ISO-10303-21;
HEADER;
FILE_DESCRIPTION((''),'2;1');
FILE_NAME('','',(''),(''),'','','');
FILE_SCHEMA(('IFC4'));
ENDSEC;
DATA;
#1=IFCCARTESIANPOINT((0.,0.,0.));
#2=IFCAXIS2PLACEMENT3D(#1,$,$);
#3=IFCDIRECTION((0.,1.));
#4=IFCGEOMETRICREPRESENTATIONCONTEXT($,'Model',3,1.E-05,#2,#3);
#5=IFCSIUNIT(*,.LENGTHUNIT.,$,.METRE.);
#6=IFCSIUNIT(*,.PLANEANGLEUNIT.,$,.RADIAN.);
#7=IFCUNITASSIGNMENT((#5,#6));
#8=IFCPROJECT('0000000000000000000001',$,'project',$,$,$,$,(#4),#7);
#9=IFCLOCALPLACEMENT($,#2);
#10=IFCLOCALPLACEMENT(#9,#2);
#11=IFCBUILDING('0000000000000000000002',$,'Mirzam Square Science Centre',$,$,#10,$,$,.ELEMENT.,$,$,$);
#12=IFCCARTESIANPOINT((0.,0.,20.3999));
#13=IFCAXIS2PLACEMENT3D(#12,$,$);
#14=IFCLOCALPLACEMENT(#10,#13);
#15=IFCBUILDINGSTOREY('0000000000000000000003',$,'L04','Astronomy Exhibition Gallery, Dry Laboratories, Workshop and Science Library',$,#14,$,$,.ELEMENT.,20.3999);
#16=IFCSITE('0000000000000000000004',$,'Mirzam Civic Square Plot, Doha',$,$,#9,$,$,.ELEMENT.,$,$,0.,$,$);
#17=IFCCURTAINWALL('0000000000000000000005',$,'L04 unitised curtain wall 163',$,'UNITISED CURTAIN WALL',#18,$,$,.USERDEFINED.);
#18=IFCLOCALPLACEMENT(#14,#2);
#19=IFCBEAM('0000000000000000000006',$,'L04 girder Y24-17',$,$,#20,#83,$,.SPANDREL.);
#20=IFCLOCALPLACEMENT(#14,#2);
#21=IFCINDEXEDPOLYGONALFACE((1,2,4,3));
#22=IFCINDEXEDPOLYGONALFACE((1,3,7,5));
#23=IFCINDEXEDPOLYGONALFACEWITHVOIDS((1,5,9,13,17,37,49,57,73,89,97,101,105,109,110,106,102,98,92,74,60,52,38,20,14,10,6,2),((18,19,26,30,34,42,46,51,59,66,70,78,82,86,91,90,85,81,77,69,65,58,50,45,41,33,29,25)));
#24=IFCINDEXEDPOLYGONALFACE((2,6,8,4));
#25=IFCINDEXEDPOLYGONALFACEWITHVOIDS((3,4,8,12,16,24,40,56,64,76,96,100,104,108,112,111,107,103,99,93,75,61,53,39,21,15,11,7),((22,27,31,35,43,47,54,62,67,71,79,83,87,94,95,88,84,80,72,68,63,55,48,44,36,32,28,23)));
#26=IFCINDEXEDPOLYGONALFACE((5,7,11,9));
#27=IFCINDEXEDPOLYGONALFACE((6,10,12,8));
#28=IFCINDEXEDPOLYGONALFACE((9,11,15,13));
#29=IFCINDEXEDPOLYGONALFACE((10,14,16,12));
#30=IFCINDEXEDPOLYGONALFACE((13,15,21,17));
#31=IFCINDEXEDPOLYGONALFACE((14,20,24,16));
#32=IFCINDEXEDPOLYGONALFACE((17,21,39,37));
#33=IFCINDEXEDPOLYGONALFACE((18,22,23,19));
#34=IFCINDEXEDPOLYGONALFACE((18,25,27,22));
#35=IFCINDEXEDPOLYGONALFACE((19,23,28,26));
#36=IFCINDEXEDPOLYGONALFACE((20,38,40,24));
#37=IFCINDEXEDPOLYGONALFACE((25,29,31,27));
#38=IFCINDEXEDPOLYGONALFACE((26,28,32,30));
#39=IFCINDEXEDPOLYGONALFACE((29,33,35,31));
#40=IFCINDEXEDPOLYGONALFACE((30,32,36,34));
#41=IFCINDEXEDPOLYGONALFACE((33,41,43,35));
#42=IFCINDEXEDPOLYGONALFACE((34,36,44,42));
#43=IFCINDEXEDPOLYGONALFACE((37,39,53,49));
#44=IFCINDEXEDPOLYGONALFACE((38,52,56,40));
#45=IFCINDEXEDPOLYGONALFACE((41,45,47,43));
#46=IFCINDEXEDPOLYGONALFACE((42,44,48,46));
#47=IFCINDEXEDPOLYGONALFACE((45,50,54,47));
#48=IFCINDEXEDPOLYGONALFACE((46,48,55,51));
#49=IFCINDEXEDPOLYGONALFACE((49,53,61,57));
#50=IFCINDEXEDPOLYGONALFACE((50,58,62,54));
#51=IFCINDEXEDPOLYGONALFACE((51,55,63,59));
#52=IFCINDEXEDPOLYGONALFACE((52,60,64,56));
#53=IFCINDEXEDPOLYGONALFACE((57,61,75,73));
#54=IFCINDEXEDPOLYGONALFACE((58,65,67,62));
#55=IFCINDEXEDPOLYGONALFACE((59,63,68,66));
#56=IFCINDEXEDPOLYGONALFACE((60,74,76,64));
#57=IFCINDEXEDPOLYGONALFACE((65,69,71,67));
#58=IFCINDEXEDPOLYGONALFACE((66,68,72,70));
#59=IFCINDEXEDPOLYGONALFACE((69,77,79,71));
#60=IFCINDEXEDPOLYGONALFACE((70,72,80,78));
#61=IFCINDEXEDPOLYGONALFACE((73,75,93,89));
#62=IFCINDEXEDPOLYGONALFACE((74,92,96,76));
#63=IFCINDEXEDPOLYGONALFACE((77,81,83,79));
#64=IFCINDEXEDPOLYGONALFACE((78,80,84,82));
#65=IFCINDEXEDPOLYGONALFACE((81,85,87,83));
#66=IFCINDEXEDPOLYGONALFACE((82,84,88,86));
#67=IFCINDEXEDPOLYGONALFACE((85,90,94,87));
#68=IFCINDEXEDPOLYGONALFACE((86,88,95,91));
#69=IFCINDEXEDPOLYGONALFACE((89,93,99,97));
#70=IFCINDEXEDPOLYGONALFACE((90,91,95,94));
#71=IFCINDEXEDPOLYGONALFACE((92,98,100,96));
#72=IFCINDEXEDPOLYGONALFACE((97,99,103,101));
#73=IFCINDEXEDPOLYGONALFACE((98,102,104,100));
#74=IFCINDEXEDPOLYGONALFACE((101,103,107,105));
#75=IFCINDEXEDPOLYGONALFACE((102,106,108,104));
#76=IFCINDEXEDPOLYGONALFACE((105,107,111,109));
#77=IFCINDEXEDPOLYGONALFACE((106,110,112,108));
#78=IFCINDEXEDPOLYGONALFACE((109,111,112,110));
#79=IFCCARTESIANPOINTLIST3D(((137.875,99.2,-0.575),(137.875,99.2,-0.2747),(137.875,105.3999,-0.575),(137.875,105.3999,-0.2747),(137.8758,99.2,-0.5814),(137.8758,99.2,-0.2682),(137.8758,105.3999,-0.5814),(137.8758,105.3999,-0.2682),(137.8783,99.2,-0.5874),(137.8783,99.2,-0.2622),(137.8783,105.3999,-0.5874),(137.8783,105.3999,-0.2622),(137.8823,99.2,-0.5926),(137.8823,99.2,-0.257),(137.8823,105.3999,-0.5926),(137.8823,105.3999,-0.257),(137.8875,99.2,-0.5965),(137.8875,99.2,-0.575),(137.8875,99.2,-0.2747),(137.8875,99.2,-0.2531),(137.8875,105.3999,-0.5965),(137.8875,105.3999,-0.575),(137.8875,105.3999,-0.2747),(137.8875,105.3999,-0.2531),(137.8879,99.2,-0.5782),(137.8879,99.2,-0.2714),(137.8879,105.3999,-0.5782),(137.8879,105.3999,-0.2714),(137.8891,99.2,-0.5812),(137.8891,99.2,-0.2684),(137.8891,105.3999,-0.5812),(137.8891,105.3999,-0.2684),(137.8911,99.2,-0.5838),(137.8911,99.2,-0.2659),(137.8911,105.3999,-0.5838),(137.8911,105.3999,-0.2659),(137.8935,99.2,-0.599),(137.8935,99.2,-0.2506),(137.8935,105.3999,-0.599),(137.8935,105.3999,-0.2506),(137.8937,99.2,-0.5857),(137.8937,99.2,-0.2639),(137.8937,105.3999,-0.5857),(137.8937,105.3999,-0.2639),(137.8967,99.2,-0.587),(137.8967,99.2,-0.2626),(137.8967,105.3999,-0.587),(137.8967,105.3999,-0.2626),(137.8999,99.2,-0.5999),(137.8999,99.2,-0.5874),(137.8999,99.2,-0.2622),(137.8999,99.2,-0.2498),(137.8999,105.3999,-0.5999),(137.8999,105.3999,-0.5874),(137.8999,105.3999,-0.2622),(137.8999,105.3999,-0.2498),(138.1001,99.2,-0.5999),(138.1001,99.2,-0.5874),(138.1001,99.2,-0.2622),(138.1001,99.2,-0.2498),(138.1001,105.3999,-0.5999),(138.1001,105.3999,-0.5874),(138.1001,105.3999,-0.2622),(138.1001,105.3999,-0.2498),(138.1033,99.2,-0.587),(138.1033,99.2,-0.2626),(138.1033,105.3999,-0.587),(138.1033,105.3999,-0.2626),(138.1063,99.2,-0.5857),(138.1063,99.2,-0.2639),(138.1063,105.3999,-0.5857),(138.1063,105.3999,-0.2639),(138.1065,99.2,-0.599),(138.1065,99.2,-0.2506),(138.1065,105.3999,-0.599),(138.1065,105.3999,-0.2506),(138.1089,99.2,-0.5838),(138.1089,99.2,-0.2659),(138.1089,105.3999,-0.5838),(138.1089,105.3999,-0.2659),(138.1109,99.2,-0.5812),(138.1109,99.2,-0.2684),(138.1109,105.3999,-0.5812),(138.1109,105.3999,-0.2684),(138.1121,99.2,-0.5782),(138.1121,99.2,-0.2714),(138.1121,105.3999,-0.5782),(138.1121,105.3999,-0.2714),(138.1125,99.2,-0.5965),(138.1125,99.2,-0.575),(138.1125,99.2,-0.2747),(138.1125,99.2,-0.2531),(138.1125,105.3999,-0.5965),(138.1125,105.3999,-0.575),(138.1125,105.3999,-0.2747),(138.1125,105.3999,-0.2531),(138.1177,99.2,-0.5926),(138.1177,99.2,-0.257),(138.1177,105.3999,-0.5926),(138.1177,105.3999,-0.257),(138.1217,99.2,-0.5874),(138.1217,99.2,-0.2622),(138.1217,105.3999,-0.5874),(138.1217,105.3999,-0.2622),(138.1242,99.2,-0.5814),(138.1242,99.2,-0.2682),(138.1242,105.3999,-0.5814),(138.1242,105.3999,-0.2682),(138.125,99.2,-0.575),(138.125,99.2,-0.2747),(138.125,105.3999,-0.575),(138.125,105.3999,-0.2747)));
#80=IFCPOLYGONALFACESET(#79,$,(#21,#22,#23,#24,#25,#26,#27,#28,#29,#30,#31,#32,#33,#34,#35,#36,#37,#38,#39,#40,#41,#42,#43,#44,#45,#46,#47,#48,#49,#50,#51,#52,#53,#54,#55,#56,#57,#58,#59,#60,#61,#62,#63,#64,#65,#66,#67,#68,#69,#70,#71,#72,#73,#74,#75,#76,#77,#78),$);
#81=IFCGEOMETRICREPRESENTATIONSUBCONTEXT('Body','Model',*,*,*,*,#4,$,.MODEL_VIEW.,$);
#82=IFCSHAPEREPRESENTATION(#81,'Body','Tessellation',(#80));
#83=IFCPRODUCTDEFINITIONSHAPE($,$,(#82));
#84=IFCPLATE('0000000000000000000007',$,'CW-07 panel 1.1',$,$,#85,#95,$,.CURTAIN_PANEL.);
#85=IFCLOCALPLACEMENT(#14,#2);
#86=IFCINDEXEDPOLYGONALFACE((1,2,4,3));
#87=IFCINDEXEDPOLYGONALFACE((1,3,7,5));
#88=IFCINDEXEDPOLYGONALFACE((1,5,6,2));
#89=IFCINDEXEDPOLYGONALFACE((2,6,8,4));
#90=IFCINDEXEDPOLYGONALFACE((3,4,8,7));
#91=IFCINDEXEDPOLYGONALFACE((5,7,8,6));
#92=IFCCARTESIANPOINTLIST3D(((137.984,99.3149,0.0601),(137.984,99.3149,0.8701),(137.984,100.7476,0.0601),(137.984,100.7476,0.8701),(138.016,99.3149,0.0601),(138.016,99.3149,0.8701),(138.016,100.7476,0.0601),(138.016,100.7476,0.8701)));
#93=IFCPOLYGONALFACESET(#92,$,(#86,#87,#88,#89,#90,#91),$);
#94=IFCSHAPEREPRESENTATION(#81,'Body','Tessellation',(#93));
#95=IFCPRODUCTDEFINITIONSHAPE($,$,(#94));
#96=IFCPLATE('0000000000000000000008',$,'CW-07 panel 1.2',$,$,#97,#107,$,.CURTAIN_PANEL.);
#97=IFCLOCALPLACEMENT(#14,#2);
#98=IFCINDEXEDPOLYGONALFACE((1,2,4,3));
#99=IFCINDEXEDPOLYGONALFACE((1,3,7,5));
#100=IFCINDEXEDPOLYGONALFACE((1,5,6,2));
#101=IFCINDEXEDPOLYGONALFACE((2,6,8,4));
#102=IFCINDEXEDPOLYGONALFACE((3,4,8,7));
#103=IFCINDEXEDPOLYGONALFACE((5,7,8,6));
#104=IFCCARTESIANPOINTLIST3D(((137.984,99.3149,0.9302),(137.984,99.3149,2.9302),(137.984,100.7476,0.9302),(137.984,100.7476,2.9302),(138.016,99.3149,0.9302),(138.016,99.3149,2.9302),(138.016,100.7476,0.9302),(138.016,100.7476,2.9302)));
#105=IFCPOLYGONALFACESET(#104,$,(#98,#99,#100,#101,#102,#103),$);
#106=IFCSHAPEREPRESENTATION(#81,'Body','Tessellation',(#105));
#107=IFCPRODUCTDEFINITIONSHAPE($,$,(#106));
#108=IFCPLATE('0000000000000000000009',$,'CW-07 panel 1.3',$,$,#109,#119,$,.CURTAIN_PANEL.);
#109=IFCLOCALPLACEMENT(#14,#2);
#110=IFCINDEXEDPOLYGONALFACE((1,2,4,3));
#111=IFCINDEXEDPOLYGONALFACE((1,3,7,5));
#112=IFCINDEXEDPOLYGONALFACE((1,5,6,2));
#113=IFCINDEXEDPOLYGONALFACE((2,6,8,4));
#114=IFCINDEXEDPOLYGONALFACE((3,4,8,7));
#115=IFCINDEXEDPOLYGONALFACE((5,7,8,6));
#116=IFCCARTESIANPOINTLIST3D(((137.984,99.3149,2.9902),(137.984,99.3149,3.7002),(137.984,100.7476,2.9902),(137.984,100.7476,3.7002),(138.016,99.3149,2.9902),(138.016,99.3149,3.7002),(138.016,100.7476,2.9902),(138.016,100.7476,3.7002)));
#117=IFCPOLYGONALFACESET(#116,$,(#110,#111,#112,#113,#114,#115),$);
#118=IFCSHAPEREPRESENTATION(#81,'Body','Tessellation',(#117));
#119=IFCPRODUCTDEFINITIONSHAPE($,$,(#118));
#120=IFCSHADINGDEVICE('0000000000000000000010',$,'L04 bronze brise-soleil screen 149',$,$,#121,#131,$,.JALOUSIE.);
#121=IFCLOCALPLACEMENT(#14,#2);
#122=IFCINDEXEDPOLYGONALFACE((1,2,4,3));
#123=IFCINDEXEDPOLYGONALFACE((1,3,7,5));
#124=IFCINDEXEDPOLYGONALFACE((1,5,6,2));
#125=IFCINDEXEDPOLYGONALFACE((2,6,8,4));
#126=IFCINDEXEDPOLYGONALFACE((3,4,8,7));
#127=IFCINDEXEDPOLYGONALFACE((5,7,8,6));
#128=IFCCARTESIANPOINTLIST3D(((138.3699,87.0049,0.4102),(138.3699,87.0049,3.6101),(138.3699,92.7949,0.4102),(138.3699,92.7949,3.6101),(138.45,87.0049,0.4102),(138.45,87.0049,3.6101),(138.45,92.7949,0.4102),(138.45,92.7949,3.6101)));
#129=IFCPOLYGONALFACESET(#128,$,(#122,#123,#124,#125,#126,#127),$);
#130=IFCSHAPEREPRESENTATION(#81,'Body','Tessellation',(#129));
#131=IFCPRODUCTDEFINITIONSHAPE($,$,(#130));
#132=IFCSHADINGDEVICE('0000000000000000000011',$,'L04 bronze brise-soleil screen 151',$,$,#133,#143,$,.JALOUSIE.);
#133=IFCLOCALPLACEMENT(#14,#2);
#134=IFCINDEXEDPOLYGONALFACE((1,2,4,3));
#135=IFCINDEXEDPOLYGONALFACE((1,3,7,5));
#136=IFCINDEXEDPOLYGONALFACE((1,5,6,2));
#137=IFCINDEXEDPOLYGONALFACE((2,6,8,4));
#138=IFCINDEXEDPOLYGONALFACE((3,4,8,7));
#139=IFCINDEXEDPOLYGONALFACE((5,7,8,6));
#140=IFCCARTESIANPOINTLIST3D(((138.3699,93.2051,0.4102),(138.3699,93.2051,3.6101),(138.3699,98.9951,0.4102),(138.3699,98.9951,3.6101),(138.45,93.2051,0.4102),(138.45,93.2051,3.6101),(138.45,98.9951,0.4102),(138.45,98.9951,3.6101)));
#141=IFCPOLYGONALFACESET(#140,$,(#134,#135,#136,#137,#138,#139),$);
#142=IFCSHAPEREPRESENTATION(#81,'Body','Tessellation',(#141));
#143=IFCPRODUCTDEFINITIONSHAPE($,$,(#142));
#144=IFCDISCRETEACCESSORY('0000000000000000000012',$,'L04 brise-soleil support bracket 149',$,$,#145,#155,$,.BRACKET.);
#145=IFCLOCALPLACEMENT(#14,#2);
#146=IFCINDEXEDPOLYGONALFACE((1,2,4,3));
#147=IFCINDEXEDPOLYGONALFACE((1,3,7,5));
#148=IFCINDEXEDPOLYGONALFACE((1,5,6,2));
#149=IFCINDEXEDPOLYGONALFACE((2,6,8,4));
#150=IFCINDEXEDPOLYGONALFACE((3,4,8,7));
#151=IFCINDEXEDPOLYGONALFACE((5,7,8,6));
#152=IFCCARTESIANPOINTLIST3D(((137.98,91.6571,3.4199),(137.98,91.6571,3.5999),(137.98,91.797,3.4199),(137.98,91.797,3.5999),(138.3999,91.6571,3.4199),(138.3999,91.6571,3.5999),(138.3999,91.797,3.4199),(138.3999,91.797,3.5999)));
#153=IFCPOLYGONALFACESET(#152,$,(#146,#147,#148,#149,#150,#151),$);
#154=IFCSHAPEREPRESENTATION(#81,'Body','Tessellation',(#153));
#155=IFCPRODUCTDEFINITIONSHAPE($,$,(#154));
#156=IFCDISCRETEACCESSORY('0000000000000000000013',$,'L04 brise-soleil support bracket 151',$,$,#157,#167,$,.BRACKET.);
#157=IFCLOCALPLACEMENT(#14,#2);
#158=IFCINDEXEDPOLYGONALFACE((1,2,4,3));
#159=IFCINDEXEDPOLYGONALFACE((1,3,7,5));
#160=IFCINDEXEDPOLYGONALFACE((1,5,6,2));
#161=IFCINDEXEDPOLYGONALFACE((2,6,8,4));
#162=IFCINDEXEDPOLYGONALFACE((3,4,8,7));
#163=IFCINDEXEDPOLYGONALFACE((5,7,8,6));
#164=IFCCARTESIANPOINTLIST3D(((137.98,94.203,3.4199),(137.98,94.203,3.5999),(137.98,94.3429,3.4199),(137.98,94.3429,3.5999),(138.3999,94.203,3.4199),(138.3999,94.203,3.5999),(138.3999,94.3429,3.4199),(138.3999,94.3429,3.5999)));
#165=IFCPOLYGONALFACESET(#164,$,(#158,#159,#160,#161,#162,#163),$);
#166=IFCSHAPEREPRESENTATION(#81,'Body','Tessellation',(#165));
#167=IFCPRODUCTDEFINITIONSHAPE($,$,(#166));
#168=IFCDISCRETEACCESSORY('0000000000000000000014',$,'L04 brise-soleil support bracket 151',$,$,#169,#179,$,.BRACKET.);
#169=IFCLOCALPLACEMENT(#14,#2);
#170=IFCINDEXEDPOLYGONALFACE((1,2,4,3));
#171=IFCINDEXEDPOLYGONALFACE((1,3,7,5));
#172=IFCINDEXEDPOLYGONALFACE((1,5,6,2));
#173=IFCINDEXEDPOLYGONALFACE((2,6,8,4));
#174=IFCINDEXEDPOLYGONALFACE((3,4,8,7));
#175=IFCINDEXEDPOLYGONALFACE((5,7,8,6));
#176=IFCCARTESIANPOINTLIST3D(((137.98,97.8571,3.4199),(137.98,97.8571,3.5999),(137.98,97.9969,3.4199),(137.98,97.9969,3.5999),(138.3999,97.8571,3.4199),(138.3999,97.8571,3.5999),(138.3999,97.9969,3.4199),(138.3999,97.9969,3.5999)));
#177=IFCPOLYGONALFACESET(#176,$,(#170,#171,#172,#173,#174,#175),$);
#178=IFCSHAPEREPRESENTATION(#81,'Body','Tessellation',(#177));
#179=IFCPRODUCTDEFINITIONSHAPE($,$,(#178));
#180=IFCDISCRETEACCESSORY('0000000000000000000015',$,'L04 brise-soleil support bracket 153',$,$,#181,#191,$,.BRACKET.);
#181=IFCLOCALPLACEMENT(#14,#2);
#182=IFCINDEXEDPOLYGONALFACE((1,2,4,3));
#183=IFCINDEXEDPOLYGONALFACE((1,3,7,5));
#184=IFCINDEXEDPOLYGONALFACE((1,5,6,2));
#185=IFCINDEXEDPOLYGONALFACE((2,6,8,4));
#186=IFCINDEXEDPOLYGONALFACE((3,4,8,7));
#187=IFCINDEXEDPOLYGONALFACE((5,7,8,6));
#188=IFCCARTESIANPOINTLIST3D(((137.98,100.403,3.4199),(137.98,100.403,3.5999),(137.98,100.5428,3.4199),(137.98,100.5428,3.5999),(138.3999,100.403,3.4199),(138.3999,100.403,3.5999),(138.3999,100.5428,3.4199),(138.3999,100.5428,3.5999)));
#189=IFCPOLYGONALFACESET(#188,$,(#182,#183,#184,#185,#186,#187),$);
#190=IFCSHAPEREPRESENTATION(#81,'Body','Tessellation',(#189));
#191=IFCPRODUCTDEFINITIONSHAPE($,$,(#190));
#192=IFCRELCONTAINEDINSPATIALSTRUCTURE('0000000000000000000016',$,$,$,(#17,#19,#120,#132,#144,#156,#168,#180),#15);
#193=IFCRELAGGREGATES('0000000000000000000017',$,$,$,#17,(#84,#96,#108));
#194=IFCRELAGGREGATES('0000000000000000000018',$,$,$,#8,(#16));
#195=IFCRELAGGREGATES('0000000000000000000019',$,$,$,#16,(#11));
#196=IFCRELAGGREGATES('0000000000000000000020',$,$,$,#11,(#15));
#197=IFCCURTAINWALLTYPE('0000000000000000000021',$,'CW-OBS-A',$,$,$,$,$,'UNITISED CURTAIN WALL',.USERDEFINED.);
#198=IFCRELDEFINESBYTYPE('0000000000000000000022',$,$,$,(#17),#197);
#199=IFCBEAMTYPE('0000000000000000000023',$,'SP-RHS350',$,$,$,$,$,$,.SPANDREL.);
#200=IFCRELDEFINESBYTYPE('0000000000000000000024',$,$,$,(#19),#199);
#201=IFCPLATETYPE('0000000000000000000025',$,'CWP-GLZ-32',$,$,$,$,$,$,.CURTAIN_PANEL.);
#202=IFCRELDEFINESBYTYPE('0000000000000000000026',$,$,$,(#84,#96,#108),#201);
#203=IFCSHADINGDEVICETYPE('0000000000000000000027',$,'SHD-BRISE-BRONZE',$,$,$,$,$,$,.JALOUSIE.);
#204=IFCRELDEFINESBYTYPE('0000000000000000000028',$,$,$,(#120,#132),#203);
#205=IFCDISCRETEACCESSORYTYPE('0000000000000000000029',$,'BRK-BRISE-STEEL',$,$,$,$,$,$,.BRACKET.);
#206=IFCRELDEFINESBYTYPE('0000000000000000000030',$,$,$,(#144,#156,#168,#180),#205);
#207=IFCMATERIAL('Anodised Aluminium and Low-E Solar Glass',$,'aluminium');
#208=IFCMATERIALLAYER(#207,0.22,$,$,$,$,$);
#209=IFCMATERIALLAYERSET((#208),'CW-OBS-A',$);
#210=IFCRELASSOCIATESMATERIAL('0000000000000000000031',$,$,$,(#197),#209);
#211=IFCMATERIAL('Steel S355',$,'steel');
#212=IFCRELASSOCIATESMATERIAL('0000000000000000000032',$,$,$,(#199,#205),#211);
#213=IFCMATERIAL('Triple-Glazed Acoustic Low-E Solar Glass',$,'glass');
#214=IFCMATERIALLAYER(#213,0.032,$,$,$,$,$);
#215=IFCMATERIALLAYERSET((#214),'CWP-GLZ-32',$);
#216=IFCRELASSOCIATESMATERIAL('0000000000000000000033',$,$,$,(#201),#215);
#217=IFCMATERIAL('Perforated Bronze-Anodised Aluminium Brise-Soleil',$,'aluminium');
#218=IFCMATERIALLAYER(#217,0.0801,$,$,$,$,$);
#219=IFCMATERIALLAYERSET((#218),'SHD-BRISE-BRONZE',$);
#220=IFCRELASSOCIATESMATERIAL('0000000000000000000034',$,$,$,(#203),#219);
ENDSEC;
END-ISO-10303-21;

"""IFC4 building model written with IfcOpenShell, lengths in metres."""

from ifc_helpers import new_model, si_unit, direction, frame, origin, origin_2d, place, context, subcontext, project, spatial, rectangle, hollow_rectangle, extrude, material, layer, layer_set, material_profile, profile_set, type_object, element, aggregate, save


model = new_model("IFC4")

# Units and contexts
model_context = context("Model", 3, precision=1e-05, world=origin(), true_north=direction((0.0, 1.0)))
body_context = subcontext(model_context, "Body", "Model", "MODEL_VIEW")
ifc_project = project(units=[si_unit("LENGTHUNIT", "METRE"), si_unit("PLANEANGLEUNIT", "RADIAN")], contexts=[model_context])

# Site, building, storey
site_placement = place(None, origin())
site = spatial("IfcSite", under=ifc_project, at=site_placement, Name="Mirzam Civic Square Plot, Doha", CompositionType="ELEMENT", RefElevation=0.0)
building_placement = place(site_placement, origin())
building = spatial("IfcBuilding", under=site, at=building_placement, Name="Mirzam Square Science Centre", CompositionType="ELEMENT")
storey_placement = place(building_placement, frame((0.0, 0.0, 20.3999)))
storey = spatial("IfcBuildingStorey", under=building, at=storey_placement, Name="L04", Description="Astronomy Exhibition Gallery, Dry Laboratories, Workshop and Science Library", CompositionType="ELEMENT", Elevation=20.3999)

# Shared definitions
ifc_material_1 = material(Name="Steel S355", Category="steel")

# Curtain wall
ifc_material_2 = material(Name="Anodised Aluminium and Low-E Solar Glass", Category="aluminium")
ifc_layer_1 = layer(ifc_material_2, 0.22)
ifc_layer_set_1 = layer_set([ifc_layer_1], Name="CW-OBS-A")
curtain_wall_type_1 = type_object("IfcCurtainWallType", Name="CW-OBS-A", ElementType="UNITISED CURTAIN WALL", PredefinedType="USERDEFINED", material=ifc_layer_set_1)
curtain_wall_1_placement = place(storey_placement, origin())
curtain_wall_1 = element("IfcCurtainWall", 1, at=curtain_wall_1_placement, inside=storey, type_object=curtain_wall_type_1, Name="L04 unitised curtain wall 163", ObjectType="UNITISED CURTAIN WALL", PredefinedType="USERDEFINED")

# Beam
ifc_material_profile_1 = material_profile(ifc_material_1, hollow_rectangle(XDim=0.25, YDim=0.3501, WallThickness=0.0125, InnerFilletRadius=0.0125, OuterFilletRadius=0.0249, at=origin_2d()), Name="350x250x12.5RHS")
ifc_profile_set_1 = profile_set([ifc_material_profile_1], Name="Steel S355")
beam_type = type_object("IfcBeamType", Name="SP-RHS350", PredefinedType="SPANDREL", material=ifc_profile_set_1)
beam_placement = place(storey_placement, frame((138.0, 99.2, -0.4248), z_axis=(0.0, 1.0, 0.0), x_axis=(-1.0, 0.0, 0.0)))
element("IfcBeam", 2, at=beam_placement, inside=storey, type_object=beam_type, Name="L04 girder Y24-17", PredefinedType="SPANDREL", context=body_context, shape_type="SweptSolid", body=[
    extrude(hollow_rectangle(XDim=0.25, YDim=0.3501, WallThickness=0.0125, InnerFilletRadius=0.0125, OuterFilletRadius=0.0249, at=origin_2d()), origin(), (0.0, 0.0, 1.0), 6.2),
])

# Plates
ifc_material_3 = material(Name="Triple-Glazed Acoustic Low-E Solar Glass", Category="glass")
ifc_layer_2 = layer(ifc_material_3, 0.032)
ifc_layer_set_2 = layer_set([ifc_layer_2], Name="CWP-GLZ-32")
plate_type = type_object("IfcPlateType", Name="CWP-GLZ-32", PredefinedType="CURTAIN_PANEL", material=ifc_layer_set_2)
plate_1_placement = place(storey_placement, frame((138.0, 100.0312, 0.0601), z_axis=(0.0, 0.0, 1.0), x_axis=(0.0, 1.0, 0.0)))
plate_1 = element("IfcPlate", 3, at=plate_1_placement, type_object=plate_type, Name="CW-07 panel 1.1", PredefinedType="CURTAIN_PANEL", context=body_context, shape_type="SweptSolid", body=[
    extrude(rectangle(XDim=1.4326, YDim=0.032, at=origin_2d()), origin(), (0.0, 0.0, 1.0), 0.8101),
])
plate_2_placement = place(storey_placement, frame((138.0, 100.0312, 0.9302), z_axis=(0.0, 0.0, 1.0), x_axis=(0.0, 1.0, 0.0)))
plate_2 = element("IfcPlate", 4, at=plate_2_placement, type_object=plate_type, Name="CW-07 panel 1.2", PredefinedType="CURTAIN_PANEL", context=body_context, shape_type="SweptSolid", body=[
    extrude(rectangle(XDim=1.4326, YDim=0.032, at=origin_2d()), origin(), (0.0, 0.0, 1.0), 2.0),
])
plate_3_placement = place(storey_placement, frame((138.0, 100.0312, 2.9902), z_axis=(0.0, 0.0, 1.0), x_axis=(0.0, 1.0, 0.0)))
plate_3 = element("IfcPlate", 5, at=plate_3_placement, type_object=plate_type, Name="CW-07 panel 1.3", PredefinedType="CURTAIN_PANEL", context=body_context, shape_type="SweptSolid", body=[
    extrude(rectangle(XDim=1.4326, YDim=0.032, at=origin_2d()), origin(), (0.0, 0.0, 1.0), 0.71),
])
aggregate(curtain_wall_1, [plate_1, plate_2, plate_3])

# Shading devices
ifc_material_4 = material(Name="Perforated Bronze-Anodised Aluminium Brise-Soleil", Category="aluminium")
ifc_layer_3 = layer(ifc_material_4, 0.0801)
ifc_layer_set_3 = layer_set([ifc_layer_3], Name="SHD-BRISE-BRONZE")
shading_device_type = type_object("IfcShadingDeviceType", Name="SHD-BRISE-BRONZE", PredefinedType="JALOUSIE", material=ifc_layer_set_3)
for number, where, z_axis, x_axis, name in (
    (6, (138.4099, 89.8999, 0.4102), (0.0, 0.0, 1.0), (0.0, 1.0, 0.0), "L04 bronze brise-soleil screen 149"),
    (7, (138.4099, 96.1001, 0.4102), (0.0, 0.0, 1.0), (0.0, 1.0, 0.0), "L04 bronze brise-soleil screen 151"),
):
    element("IfcShadingDevice", number, at=place(storey_placement, frame(where, z_axis=z_axis, x_axis=x_axis)), inside=storey, type_object=shading_device_type, Name=name, PredefinedType="JALOUSIE", context=body_context, shape_type="SweptSolid", body=[
        extrude(rectangle(XDim=5.79, YDim=0.0801, at=origin_2d()), origin(), (0.0, 0.0, 1.0), 3.2),
    ])

# Discrete accessories
discrete_accessory_type = type_object("IfcDiscreteAccessoryType", Name="BRK-BRISE-STEEL", PredefinedType="BRACKET", material=ifc_material_1)
for number, where, z_axis, x_axis, name in (
    (8, (138.1899, 91.7271, 3.4199), (0.0, 0.0, 1.0), (0.0, 1.0, 0.0), "L04 brise-soleil support bracket 149"),
    (9, (138.1899, 94.2729, 3.4199), (0.0, 0.0, 1.0), (0.0, 1.0, 0.0), "L04 brise-soleil support bracket 151"),
    (10, (138.1899, 97.927, 3.4199), (0.0, 0.0, 1.0), (0.0, 1.0, 0.0), "L04 brise-soleil support bracket 151"),
    (11, (138.1899, 100.4729, 3.4199), (0.0, 0.0, 1.0), (0.0, 1.0, 0.0), "L04 brise-soleil support bracket 153"),
):
    element("IfcDiscreteAccessory", number, at=place(storey_placement, frame(where, z_axis=z_axis, x_axis=x_axis)), inside=storey, type_object=discrete_accessory_type, Name=name, PredefinedType="BRACKET", context=body_context, shape_type="SweptSolid", body=[
        extrude(rectangle(XDim=0.1399, YDim=0.4199, at=origin_2d()), origin(), (0.0, 0.0, 1.0), 0.1799),
    ])

save(model, "model.ifc")
